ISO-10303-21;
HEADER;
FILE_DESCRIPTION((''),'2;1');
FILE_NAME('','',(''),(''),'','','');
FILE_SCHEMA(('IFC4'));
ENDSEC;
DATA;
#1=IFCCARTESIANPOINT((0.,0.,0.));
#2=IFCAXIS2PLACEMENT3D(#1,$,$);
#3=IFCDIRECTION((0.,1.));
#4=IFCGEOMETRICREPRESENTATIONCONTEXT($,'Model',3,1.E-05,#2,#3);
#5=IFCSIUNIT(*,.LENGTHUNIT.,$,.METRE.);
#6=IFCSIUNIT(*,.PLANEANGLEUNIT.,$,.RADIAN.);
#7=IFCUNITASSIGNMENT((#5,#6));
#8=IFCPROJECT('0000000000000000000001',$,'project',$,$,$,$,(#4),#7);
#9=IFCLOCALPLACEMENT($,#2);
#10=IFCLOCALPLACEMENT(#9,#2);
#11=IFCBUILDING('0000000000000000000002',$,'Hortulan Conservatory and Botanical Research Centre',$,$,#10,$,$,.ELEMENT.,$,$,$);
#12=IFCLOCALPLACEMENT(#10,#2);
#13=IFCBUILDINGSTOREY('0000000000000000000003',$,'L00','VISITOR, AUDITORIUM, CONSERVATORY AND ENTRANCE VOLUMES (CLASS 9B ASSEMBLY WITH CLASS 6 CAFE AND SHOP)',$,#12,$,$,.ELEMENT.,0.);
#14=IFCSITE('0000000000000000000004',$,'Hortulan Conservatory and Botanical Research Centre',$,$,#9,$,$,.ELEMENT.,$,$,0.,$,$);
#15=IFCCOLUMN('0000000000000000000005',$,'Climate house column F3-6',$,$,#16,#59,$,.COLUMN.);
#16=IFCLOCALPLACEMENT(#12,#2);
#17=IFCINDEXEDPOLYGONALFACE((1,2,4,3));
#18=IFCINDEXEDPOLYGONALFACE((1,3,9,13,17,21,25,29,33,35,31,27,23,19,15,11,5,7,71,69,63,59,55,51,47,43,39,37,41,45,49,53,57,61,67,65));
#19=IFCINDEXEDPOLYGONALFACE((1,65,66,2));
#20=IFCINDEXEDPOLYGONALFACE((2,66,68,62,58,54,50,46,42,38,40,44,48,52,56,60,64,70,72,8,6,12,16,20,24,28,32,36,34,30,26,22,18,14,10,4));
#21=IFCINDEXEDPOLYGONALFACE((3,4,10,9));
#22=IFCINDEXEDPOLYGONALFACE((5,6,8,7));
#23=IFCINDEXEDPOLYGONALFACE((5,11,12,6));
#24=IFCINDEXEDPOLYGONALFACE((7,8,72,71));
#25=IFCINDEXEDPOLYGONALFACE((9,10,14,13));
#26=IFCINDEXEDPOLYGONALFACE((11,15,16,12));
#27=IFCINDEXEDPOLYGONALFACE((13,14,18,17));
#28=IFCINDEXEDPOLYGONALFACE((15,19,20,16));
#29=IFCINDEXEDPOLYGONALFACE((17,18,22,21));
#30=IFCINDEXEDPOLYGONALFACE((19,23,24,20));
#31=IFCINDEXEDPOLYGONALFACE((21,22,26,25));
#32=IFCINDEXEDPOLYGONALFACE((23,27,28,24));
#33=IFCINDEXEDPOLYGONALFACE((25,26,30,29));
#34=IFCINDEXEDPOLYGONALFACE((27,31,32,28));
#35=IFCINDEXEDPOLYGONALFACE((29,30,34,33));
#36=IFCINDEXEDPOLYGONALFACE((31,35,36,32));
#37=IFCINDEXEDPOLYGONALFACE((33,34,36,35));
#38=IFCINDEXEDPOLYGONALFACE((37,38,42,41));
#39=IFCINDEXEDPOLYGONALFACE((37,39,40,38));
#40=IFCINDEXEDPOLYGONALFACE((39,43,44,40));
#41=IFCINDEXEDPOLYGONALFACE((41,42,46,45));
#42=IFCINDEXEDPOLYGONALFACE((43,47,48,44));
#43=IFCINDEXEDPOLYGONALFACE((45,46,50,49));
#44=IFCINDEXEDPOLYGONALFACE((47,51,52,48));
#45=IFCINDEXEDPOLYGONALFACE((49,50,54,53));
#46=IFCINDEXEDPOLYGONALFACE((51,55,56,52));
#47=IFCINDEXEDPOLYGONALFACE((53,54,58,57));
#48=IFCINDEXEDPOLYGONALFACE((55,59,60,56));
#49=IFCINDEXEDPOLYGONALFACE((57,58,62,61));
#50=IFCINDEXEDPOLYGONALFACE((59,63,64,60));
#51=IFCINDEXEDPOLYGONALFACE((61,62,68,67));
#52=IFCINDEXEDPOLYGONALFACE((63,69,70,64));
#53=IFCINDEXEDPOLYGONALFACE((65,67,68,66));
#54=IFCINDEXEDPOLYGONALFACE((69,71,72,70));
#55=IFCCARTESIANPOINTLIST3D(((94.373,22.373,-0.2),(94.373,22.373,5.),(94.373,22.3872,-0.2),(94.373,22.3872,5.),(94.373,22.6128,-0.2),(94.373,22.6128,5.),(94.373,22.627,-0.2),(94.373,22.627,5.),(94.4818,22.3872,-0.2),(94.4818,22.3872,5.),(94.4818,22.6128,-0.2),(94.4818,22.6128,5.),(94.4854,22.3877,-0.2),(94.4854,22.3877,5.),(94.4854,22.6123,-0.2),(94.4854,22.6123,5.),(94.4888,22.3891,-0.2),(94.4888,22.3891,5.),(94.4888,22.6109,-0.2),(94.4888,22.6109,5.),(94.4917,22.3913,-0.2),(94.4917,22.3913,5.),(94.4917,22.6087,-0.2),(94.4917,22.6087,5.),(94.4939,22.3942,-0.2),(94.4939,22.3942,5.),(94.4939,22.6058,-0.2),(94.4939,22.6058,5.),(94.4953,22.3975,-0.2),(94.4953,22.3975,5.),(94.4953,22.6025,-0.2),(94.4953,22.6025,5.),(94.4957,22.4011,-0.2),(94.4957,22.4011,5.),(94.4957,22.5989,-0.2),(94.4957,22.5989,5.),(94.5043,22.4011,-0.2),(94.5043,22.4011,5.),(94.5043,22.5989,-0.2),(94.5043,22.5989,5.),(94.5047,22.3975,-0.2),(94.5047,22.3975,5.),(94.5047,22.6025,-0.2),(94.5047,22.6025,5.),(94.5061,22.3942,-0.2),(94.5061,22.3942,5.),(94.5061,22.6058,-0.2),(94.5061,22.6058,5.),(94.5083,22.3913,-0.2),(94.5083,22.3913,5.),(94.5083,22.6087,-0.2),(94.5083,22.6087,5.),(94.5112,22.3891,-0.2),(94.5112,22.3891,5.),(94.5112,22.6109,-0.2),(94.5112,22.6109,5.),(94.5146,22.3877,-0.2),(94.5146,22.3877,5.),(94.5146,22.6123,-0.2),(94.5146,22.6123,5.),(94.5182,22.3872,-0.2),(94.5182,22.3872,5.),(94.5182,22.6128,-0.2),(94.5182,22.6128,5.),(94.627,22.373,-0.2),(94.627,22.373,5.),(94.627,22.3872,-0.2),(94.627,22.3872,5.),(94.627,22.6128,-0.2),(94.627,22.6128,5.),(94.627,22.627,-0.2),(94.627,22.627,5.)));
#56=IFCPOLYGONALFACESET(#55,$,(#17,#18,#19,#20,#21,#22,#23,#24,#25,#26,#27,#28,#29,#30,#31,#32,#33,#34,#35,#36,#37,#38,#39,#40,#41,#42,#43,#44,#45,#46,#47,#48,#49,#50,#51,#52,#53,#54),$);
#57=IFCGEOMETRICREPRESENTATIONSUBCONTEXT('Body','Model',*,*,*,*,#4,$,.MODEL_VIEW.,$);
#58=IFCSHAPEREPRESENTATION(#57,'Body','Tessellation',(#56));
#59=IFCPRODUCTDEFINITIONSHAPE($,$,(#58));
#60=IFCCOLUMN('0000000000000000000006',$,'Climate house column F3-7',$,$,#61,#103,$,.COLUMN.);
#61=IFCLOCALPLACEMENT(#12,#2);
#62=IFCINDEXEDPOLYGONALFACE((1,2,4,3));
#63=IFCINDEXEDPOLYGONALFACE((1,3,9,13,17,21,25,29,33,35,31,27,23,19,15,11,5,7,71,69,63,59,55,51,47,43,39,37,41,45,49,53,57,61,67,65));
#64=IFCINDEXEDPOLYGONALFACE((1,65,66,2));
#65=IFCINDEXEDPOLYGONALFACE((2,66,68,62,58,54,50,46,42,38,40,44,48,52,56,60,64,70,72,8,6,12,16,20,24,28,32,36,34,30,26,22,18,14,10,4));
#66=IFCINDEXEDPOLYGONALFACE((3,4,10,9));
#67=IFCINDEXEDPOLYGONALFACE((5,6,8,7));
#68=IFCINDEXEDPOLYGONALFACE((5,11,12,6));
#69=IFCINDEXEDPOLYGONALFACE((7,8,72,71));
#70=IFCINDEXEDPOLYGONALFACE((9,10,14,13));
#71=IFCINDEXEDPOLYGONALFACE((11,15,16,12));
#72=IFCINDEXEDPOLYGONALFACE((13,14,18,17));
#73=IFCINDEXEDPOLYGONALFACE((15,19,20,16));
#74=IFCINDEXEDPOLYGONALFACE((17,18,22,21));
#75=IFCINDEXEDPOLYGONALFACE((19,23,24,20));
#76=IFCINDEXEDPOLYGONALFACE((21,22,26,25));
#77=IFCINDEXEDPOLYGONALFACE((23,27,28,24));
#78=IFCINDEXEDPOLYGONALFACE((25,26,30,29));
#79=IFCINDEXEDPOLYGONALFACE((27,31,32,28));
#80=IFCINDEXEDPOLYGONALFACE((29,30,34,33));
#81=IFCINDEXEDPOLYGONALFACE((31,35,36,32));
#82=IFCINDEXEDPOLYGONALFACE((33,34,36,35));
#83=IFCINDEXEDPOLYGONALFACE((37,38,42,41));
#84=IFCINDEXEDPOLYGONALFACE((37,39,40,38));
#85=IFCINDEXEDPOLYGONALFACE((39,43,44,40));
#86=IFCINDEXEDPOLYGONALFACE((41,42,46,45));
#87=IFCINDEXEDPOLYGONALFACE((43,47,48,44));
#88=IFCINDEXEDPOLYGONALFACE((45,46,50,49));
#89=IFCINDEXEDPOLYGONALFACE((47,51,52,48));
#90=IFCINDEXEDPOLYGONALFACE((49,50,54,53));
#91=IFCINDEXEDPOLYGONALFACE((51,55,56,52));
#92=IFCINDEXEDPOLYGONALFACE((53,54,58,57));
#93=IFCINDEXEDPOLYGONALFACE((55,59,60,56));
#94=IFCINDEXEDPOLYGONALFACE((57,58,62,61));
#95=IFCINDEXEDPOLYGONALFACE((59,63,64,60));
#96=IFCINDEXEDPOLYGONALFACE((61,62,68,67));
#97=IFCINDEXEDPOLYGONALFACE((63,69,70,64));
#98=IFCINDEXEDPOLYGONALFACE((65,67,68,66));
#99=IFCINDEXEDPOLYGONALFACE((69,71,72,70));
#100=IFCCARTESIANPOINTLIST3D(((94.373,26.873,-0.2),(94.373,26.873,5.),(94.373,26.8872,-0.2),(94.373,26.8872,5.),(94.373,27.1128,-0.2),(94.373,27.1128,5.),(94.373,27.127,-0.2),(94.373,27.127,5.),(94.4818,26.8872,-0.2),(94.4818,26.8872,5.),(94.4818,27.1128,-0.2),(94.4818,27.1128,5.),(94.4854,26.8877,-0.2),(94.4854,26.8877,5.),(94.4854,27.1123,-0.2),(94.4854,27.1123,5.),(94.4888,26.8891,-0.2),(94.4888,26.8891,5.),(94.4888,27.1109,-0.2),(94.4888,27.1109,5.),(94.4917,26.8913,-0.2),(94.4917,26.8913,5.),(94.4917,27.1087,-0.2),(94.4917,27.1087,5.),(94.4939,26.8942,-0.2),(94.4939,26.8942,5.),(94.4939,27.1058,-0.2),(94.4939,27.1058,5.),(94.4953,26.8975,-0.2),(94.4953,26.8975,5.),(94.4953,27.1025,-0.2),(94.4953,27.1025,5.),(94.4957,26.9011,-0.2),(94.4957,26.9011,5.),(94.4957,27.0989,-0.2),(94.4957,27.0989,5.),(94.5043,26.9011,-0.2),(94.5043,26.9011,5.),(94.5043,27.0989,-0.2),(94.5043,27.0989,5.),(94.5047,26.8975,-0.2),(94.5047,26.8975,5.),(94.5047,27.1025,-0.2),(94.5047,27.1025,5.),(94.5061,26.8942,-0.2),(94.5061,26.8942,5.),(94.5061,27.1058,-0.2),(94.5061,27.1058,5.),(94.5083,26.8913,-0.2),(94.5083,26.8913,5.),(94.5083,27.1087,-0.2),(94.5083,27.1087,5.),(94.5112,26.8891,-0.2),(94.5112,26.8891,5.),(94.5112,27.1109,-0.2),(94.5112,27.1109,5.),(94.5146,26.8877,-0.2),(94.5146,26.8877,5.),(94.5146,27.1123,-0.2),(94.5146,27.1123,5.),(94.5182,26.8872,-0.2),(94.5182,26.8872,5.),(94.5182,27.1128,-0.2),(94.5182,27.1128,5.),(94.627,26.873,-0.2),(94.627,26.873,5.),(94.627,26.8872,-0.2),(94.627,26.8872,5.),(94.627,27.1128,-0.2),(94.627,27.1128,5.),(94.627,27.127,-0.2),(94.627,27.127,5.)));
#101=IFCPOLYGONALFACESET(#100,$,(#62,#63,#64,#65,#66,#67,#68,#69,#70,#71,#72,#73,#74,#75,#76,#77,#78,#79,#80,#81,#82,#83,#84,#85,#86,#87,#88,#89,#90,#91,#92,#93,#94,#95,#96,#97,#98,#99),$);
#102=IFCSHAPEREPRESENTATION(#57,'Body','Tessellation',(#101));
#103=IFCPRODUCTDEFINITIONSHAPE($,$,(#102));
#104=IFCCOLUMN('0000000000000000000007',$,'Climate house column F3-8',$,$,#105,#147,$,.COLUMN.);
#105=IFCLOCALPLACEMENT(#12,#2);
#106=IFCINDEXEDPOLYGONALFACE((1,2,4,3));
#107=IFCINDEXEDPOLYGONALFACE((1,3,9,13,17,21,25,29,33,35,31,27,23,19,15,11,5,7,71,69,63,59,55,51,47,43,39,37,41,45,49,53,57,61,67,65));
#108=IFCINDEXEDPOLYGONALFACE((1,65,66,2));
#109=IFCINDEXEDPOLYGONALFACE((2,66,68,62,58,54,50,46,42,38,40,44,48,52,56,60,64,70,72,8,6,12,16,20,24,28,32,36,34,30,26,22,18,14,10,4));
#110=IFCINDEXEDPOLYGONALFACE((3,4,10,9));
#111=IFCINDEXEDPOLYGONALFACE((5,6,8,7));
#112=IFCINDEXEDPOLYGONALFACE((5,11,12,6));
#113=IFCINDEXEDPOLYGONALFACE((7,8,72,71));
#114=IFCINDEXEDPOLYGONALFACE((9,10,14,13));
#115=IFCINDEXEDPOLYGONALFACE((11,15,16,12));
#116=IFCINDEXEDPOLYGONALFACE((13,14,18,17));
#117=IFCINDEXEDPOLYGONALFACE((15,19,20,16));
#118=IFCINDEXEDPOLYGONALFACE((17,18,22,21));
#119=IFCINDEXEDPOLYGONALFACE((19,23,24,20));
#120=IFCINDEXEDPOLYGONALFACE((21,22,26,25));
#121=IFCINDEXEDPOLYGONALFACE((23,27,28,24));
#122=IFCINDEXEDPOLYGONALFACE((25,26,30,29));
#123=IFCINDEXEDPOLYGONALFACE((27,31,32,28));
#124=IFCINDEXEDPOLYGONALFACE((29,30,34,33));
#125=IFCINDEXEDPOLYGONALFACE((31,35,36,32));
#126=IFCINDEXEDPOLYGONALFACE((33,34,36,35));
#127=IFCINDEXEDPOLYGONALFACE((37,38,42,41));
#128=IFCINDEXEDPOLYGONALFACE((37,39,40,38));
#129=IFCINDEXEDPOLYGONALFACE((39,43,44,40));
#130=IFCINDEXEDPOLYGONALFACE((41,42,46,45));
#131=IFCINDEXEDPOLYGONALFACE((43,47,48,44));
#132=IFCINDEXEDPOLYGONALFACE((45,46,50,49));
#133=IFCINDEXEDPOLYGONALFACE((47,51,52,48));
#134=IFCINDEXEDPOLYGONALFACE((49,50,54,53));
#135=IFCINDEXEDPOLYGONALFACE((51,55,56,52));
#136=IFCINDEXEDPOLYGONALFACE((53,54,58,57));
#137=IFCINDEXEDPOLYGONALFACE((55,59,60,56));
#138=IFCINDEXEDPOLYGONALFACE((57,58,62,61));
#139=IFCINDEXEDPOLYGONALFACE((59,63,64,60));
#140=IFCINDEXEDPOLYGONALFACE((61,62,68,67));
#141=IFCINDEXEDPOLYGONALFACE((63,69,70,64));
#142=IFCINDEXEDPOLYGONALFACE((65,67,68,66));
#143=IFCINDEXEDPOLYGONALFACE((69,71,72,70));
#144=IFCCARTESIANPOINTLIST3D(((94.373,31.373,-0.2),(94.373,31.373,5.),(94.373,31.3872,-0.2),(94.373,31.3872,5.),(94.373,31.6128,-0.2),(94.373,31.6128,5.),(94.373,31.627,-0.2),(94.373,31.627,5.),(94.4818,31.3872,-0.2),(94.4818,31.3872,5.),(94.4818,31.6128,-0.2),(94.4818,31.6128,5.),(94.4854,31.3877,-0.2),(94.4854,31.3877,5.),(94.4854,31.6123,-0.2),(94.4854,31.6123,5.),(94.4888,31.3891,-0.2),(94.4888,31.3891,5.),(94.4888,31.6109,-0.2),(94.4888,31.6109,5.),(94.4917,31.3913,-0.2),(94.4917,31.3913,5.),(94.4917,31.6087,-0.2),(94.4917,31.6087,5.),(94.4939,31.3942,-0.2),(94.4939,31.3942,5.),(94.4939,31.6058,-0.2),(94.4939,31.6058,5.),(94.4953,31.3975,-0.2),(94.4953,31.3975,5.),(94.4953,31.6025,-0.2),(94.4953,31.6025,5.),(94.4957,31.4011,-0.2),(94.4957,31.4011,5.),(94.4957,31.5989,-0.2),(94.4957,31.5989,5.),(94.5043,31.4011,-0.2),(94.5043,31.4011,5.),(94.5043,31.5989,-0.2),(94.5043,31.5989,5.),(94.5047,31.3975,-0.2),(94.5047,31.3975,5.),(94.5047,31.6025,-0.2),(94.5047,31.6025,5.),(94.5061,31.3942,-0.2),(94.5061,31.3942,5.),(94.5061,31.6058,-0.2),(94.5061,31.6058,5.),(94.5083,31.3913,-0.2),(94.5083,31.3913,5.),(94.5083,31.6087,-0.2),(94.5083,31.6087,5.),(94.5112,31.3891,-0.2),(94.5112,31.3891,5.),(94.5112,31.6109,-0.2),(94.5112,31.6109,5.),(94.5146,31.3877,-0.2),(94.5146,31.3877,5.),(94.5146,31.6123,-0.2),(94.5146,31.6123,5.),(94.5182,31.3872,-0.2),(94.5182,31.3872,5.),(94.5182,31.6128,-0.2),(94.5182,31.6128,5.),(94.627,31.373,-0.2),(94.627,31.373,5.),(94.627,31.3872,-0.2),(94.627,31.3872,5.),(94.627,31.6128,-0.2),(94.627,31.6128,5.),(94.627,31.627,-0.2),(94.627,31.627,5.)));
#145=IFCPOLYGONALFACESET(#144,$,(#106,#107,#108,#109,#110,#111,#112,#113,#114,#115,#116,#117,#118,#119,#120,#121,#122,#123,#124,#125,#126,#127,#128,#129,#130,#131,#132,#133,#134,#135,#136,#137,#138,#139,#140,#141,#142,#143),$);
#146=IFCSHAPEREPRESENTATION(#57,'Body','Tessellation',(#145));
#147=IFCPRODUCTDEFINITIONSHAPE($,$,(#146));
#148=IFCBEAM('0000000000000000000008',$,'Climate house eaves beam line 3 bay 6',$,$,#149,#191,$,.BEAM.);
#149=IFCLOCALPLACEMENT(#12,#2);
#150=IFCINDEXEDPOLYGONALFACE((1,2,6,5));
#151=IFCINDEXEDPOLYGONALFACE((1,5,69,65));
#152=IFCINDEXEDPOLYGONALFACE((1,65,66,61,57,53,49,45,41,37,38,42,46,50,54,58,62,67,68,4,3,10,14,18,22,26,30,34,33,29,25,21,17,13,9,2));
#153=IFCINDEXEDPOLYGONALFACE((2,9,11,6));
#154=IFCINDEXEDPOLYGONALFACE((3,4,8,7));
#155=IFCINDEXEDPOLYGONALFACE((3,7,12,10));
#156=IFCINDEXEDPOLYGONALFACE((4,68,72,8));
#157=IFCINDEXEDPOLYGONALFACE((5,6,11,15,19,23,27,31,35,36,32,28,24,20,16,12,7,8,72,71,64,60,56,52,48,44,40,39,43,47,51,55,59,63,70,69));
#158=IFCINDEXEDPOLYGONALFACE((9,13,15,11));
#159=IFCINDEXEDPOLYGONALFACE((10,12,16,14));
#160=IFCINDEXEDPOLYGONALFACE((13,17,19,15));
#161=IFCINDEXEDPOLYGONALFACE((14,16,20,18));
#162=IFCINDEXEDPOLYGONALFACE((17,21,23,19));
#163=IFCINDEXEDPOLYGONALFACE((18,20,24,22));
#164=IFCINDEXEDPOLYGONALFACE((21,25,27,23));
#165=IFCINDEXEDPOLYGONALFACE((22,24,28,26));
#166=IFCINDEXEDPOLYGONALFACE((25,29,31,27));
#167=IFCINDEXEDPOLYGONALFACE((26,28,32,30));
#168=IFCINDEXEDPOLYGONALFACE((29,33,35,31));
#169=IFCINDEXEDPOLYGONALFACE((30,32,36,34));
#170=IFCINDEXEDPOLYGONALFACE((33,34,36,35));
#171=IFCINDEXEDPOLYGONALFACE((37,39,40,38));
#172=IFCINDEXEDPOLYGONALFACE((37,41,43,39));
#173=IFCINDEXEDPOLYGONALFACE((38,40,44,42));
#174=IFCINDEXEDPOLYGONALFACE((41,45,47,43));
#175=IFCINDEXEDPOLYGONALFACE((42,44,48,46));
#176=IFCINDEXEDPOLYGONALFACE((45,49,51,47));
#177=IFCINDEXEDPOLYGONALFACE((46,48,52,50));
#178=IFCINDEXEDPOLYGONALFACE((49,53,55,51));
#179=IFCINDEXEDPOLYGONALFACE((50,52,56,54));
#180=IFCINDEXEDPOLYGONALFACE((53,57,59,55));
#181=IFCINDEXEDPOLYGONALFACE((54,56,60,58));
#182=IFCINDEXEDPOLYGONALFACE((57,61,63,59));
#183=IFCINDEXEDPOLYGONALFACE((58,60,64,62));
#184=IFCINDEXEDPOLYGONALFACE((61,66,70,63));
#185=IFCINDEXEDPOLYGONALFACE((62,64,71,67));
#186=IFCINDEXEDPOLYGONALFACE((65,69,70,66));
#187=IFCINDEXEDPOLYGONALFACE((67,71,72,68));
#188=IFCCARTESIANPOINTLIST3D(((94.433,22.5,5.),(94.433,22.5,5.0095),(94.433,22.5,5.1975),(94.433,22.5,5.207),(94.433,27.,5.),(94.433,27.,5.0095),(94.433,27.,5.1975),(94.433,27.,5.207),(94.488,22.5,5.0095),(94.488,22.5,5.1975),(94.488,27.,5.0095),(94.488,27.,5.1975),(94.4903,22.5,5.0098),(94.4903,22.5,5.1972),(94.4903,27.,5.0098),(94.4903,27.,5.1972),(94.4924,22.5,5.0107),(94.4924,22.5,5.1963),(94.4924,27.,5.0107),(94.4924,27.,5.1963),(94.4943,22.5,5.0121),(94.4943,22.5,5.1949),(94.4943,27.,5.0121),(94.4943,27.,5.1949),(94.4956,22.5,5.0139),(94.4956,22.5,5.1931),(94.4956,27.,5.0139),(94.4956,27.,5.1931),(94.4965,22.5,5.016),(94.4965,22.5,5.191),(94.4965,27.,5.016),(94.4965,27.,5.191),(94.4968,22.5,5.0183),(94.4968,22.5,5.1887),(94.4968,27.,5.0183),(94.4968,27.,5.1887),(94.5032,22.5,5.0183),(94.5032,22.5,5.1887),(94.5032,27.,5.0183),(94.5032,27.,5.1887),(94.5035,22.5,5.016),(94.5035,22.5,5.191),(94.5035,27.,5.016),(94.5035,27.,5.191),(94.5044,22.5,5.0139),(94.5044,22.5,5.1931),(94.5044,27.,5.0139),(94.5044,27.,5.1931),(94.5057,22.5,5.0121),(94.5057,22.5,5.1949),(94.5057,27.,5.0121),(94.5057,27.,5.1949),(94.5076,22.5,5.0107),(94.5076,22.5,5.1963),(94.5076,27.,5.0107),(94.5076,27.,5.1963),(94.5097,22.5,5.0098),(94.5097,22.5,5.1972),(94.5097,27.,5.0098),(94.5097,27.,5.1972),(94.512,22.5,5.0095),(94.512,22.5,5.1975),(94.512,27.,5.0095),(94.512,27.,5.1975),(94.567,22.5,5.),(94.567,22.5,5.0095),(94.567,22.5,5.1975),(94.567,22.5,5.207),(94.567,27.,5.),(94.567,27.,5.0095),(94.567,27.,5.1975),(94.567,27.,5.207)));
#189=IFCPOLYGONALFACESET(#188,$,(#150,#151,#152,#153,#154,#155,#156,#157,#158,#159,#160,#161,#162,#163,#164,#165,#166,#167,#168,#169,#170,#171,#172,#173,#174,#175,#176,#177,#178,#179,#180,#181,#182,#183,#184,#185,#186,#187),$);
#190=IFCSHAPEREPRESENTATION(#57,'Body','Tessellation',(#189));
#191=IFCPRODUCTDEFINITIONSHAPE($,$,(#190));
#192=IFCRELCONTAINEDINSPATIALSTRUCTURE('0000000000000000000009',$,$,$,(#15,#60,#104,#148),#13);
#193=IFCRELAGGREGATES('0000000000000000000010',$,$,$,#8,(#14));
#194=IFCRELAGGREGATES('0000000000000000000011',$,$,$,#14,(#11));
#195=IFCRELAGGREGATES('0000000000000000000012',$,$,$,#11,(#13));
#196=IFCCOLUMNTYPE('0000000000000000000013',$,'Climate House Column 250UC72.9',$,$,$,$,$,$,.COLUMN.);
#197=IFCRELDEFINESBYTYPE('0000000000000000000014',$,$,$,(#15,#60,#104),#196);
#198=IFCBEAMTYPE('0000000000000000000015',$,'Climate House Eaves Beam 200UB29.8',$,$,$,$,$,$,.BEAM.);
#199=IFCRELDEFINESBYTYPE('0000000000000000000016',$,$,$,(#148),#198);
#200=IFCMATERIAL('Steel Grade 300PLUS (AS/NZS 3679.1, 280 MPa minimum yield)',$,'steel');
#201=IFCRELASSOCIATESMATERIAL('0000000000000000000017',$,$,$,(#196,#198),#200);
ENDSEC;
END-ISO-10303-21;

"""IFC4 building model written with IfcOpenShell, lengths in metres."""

from ifc_helpers import new_model, si_unit, direction, frame, origin, origin_2d, place, context, subcontext, project, spatial, i_section, extrude, material, material_profile, profile_set, type_object, element, save


model = new_model("IFC4")

# Units and contexts
model_context = context("Model", 3, precision=1e-05, world=origin(), true_north=direction((0.0, 1.0)))
body_context = subcontext(model_context, "Body", "Model", "MODEL_VIEW")
ifc_project = project(units=[si_unit("LENGTHUNIT", "METRE"), si_unit("PLANEANGLEUNIT", "RADIAN")], contexts=[model_context])

# Site, building, storey
site_placement = place(None, origin())
site = spatial("IfcSite", under=ifc_project, at=site_placement, Name="Hortulan Conservatory and Botanical Research Centre", CompositionType="ELEMENT", RefElevation=0.0)
building_placement = place(site_placement, origin())
building = spatial("IfcBuilding", under=site, at=building_placement, Name="Hortulan Conservatory and Botanical Research Centre", CompositionType="ELEMENT")
storey_placement = place(building_placement, origin())
storey = spatial("IfcBuildingStorey", under=building, at=storey_placement, Name="L00", Description="VISITOR, AUDITORIUM, CONSERVATORY AND ENTRANCE VOLUMES (CLASS 9B ASSEMBLY WITH CLASS 6 CAFE AND SHOP)", CompositionType="ELEMENT", Elevation=0.0)

# Columns
ifc_material_1 = material(Name="Steel Grade 300PLUS (AS/NZS 3679.1, 280 MPa minimum yield)", Category="steel")
ifc_material_profile_1 = material_profile(ifc_material_1, i_section(OverallWidth=0.2539, OverallDepth=0.2539, WebThickness=0.0085, FlangeThickness=0.0142, FilletRadius=0.0139, at=origin_2d()), Name="250UC72.9")
ifc_profile_set_1 = profile_set([ifc_material_profile_1], Name="Steel Grade 300PLUS (AS/NZS 3679.1, 280 MPa minimum yield)")
column_type = type_object("IfcColumnType", Name="Climate House Column 250UC72.9", PredefinedType="COLUMN", material=ifc_profile_set_1)
for number, where, z_axis, x_axis, name in (
    (1, (94.5, 22.5, -0.2), (0.0, 0.0, 1.0), (1.0, 0.0, 0.0), "Climate house column F3-6"),
    (2, (94.5, 27.0, -0.2), (0.0, 0.0, 1.0), (1.0, 0.0, 0.0), "Climate house column F3-7"),
    (3, (94.5, 31.5, -0.2), (0.0, 0.0, 1.0), (1.0, 0.0, 0.0), "Climate house column F3-8"),
):
    element("IfcColumn", number, at=place(storey_placement, frame(where, z_axis=z_axis, x_axis=x_axis)), inside=storey, type_object=column_type, Name=name, PredefinedType="COLUMN", context=body_context, shape_type="SweptSolid", body=[
        extrude(i_section(OverallWidth=0.2539, OverallDepth=0.2539, WebThickness=0.0085, FlangeThickness=0.0142, FilletRadius=0.0139, at=origin_2d()), origin(), (0.0, 0.0, 1.0), 5.2),
    ])

# Beam
ifc_material_profile_2 = material_profile(ifc_material_1, i_section(OverallWidth=0.134, OverallDepth=0.207, WebThickness=0.0063, FlangeThickness=0.0095, FilletRadius=0.0088, at=origin_2d()), Name="200UB29.8")
ifc_profile_set_2 = profile_set([ifc_material_profile_2], Name="Steel Grade 300PLUS (AS/NZS 3679.1, 280 MPa minimum yield)")
beam_type_1 = type_object("IfcBeamType", Name="Climate House Eaves Beam 200UB29.8", PredefinedType="BEAM", material=ifc_profile_set_2)
for number, where, z_axis, x_axis, name in (
    (4, (94.5, 22.5, 5.1035), (0.0, 1.0, 0.0), (-1.0, 0.0, 0.0), "Climate house eaves beam line 3 bay 6"),
):
    element("IfcBeam", number, at=place(storey_placement, frame(where, z_axis=z_axis, x_axis=x_axis)), inside=storey, type_object=beam_type_1, Name=name, PredefinedType="BEAM", context=body_context, shape_type="SweptSolid", body=[
        extrude(i_section(OverallWidth=0.134, OverallDepth=0.207, WebThickness=0.0063, FlangeThickness=0.0095, FilletRadius=0.0088, at=origin_2d()), origin(), (0.0, 0.0, 1.0), 4.5),
    ])

save(model, "model.ifc")
